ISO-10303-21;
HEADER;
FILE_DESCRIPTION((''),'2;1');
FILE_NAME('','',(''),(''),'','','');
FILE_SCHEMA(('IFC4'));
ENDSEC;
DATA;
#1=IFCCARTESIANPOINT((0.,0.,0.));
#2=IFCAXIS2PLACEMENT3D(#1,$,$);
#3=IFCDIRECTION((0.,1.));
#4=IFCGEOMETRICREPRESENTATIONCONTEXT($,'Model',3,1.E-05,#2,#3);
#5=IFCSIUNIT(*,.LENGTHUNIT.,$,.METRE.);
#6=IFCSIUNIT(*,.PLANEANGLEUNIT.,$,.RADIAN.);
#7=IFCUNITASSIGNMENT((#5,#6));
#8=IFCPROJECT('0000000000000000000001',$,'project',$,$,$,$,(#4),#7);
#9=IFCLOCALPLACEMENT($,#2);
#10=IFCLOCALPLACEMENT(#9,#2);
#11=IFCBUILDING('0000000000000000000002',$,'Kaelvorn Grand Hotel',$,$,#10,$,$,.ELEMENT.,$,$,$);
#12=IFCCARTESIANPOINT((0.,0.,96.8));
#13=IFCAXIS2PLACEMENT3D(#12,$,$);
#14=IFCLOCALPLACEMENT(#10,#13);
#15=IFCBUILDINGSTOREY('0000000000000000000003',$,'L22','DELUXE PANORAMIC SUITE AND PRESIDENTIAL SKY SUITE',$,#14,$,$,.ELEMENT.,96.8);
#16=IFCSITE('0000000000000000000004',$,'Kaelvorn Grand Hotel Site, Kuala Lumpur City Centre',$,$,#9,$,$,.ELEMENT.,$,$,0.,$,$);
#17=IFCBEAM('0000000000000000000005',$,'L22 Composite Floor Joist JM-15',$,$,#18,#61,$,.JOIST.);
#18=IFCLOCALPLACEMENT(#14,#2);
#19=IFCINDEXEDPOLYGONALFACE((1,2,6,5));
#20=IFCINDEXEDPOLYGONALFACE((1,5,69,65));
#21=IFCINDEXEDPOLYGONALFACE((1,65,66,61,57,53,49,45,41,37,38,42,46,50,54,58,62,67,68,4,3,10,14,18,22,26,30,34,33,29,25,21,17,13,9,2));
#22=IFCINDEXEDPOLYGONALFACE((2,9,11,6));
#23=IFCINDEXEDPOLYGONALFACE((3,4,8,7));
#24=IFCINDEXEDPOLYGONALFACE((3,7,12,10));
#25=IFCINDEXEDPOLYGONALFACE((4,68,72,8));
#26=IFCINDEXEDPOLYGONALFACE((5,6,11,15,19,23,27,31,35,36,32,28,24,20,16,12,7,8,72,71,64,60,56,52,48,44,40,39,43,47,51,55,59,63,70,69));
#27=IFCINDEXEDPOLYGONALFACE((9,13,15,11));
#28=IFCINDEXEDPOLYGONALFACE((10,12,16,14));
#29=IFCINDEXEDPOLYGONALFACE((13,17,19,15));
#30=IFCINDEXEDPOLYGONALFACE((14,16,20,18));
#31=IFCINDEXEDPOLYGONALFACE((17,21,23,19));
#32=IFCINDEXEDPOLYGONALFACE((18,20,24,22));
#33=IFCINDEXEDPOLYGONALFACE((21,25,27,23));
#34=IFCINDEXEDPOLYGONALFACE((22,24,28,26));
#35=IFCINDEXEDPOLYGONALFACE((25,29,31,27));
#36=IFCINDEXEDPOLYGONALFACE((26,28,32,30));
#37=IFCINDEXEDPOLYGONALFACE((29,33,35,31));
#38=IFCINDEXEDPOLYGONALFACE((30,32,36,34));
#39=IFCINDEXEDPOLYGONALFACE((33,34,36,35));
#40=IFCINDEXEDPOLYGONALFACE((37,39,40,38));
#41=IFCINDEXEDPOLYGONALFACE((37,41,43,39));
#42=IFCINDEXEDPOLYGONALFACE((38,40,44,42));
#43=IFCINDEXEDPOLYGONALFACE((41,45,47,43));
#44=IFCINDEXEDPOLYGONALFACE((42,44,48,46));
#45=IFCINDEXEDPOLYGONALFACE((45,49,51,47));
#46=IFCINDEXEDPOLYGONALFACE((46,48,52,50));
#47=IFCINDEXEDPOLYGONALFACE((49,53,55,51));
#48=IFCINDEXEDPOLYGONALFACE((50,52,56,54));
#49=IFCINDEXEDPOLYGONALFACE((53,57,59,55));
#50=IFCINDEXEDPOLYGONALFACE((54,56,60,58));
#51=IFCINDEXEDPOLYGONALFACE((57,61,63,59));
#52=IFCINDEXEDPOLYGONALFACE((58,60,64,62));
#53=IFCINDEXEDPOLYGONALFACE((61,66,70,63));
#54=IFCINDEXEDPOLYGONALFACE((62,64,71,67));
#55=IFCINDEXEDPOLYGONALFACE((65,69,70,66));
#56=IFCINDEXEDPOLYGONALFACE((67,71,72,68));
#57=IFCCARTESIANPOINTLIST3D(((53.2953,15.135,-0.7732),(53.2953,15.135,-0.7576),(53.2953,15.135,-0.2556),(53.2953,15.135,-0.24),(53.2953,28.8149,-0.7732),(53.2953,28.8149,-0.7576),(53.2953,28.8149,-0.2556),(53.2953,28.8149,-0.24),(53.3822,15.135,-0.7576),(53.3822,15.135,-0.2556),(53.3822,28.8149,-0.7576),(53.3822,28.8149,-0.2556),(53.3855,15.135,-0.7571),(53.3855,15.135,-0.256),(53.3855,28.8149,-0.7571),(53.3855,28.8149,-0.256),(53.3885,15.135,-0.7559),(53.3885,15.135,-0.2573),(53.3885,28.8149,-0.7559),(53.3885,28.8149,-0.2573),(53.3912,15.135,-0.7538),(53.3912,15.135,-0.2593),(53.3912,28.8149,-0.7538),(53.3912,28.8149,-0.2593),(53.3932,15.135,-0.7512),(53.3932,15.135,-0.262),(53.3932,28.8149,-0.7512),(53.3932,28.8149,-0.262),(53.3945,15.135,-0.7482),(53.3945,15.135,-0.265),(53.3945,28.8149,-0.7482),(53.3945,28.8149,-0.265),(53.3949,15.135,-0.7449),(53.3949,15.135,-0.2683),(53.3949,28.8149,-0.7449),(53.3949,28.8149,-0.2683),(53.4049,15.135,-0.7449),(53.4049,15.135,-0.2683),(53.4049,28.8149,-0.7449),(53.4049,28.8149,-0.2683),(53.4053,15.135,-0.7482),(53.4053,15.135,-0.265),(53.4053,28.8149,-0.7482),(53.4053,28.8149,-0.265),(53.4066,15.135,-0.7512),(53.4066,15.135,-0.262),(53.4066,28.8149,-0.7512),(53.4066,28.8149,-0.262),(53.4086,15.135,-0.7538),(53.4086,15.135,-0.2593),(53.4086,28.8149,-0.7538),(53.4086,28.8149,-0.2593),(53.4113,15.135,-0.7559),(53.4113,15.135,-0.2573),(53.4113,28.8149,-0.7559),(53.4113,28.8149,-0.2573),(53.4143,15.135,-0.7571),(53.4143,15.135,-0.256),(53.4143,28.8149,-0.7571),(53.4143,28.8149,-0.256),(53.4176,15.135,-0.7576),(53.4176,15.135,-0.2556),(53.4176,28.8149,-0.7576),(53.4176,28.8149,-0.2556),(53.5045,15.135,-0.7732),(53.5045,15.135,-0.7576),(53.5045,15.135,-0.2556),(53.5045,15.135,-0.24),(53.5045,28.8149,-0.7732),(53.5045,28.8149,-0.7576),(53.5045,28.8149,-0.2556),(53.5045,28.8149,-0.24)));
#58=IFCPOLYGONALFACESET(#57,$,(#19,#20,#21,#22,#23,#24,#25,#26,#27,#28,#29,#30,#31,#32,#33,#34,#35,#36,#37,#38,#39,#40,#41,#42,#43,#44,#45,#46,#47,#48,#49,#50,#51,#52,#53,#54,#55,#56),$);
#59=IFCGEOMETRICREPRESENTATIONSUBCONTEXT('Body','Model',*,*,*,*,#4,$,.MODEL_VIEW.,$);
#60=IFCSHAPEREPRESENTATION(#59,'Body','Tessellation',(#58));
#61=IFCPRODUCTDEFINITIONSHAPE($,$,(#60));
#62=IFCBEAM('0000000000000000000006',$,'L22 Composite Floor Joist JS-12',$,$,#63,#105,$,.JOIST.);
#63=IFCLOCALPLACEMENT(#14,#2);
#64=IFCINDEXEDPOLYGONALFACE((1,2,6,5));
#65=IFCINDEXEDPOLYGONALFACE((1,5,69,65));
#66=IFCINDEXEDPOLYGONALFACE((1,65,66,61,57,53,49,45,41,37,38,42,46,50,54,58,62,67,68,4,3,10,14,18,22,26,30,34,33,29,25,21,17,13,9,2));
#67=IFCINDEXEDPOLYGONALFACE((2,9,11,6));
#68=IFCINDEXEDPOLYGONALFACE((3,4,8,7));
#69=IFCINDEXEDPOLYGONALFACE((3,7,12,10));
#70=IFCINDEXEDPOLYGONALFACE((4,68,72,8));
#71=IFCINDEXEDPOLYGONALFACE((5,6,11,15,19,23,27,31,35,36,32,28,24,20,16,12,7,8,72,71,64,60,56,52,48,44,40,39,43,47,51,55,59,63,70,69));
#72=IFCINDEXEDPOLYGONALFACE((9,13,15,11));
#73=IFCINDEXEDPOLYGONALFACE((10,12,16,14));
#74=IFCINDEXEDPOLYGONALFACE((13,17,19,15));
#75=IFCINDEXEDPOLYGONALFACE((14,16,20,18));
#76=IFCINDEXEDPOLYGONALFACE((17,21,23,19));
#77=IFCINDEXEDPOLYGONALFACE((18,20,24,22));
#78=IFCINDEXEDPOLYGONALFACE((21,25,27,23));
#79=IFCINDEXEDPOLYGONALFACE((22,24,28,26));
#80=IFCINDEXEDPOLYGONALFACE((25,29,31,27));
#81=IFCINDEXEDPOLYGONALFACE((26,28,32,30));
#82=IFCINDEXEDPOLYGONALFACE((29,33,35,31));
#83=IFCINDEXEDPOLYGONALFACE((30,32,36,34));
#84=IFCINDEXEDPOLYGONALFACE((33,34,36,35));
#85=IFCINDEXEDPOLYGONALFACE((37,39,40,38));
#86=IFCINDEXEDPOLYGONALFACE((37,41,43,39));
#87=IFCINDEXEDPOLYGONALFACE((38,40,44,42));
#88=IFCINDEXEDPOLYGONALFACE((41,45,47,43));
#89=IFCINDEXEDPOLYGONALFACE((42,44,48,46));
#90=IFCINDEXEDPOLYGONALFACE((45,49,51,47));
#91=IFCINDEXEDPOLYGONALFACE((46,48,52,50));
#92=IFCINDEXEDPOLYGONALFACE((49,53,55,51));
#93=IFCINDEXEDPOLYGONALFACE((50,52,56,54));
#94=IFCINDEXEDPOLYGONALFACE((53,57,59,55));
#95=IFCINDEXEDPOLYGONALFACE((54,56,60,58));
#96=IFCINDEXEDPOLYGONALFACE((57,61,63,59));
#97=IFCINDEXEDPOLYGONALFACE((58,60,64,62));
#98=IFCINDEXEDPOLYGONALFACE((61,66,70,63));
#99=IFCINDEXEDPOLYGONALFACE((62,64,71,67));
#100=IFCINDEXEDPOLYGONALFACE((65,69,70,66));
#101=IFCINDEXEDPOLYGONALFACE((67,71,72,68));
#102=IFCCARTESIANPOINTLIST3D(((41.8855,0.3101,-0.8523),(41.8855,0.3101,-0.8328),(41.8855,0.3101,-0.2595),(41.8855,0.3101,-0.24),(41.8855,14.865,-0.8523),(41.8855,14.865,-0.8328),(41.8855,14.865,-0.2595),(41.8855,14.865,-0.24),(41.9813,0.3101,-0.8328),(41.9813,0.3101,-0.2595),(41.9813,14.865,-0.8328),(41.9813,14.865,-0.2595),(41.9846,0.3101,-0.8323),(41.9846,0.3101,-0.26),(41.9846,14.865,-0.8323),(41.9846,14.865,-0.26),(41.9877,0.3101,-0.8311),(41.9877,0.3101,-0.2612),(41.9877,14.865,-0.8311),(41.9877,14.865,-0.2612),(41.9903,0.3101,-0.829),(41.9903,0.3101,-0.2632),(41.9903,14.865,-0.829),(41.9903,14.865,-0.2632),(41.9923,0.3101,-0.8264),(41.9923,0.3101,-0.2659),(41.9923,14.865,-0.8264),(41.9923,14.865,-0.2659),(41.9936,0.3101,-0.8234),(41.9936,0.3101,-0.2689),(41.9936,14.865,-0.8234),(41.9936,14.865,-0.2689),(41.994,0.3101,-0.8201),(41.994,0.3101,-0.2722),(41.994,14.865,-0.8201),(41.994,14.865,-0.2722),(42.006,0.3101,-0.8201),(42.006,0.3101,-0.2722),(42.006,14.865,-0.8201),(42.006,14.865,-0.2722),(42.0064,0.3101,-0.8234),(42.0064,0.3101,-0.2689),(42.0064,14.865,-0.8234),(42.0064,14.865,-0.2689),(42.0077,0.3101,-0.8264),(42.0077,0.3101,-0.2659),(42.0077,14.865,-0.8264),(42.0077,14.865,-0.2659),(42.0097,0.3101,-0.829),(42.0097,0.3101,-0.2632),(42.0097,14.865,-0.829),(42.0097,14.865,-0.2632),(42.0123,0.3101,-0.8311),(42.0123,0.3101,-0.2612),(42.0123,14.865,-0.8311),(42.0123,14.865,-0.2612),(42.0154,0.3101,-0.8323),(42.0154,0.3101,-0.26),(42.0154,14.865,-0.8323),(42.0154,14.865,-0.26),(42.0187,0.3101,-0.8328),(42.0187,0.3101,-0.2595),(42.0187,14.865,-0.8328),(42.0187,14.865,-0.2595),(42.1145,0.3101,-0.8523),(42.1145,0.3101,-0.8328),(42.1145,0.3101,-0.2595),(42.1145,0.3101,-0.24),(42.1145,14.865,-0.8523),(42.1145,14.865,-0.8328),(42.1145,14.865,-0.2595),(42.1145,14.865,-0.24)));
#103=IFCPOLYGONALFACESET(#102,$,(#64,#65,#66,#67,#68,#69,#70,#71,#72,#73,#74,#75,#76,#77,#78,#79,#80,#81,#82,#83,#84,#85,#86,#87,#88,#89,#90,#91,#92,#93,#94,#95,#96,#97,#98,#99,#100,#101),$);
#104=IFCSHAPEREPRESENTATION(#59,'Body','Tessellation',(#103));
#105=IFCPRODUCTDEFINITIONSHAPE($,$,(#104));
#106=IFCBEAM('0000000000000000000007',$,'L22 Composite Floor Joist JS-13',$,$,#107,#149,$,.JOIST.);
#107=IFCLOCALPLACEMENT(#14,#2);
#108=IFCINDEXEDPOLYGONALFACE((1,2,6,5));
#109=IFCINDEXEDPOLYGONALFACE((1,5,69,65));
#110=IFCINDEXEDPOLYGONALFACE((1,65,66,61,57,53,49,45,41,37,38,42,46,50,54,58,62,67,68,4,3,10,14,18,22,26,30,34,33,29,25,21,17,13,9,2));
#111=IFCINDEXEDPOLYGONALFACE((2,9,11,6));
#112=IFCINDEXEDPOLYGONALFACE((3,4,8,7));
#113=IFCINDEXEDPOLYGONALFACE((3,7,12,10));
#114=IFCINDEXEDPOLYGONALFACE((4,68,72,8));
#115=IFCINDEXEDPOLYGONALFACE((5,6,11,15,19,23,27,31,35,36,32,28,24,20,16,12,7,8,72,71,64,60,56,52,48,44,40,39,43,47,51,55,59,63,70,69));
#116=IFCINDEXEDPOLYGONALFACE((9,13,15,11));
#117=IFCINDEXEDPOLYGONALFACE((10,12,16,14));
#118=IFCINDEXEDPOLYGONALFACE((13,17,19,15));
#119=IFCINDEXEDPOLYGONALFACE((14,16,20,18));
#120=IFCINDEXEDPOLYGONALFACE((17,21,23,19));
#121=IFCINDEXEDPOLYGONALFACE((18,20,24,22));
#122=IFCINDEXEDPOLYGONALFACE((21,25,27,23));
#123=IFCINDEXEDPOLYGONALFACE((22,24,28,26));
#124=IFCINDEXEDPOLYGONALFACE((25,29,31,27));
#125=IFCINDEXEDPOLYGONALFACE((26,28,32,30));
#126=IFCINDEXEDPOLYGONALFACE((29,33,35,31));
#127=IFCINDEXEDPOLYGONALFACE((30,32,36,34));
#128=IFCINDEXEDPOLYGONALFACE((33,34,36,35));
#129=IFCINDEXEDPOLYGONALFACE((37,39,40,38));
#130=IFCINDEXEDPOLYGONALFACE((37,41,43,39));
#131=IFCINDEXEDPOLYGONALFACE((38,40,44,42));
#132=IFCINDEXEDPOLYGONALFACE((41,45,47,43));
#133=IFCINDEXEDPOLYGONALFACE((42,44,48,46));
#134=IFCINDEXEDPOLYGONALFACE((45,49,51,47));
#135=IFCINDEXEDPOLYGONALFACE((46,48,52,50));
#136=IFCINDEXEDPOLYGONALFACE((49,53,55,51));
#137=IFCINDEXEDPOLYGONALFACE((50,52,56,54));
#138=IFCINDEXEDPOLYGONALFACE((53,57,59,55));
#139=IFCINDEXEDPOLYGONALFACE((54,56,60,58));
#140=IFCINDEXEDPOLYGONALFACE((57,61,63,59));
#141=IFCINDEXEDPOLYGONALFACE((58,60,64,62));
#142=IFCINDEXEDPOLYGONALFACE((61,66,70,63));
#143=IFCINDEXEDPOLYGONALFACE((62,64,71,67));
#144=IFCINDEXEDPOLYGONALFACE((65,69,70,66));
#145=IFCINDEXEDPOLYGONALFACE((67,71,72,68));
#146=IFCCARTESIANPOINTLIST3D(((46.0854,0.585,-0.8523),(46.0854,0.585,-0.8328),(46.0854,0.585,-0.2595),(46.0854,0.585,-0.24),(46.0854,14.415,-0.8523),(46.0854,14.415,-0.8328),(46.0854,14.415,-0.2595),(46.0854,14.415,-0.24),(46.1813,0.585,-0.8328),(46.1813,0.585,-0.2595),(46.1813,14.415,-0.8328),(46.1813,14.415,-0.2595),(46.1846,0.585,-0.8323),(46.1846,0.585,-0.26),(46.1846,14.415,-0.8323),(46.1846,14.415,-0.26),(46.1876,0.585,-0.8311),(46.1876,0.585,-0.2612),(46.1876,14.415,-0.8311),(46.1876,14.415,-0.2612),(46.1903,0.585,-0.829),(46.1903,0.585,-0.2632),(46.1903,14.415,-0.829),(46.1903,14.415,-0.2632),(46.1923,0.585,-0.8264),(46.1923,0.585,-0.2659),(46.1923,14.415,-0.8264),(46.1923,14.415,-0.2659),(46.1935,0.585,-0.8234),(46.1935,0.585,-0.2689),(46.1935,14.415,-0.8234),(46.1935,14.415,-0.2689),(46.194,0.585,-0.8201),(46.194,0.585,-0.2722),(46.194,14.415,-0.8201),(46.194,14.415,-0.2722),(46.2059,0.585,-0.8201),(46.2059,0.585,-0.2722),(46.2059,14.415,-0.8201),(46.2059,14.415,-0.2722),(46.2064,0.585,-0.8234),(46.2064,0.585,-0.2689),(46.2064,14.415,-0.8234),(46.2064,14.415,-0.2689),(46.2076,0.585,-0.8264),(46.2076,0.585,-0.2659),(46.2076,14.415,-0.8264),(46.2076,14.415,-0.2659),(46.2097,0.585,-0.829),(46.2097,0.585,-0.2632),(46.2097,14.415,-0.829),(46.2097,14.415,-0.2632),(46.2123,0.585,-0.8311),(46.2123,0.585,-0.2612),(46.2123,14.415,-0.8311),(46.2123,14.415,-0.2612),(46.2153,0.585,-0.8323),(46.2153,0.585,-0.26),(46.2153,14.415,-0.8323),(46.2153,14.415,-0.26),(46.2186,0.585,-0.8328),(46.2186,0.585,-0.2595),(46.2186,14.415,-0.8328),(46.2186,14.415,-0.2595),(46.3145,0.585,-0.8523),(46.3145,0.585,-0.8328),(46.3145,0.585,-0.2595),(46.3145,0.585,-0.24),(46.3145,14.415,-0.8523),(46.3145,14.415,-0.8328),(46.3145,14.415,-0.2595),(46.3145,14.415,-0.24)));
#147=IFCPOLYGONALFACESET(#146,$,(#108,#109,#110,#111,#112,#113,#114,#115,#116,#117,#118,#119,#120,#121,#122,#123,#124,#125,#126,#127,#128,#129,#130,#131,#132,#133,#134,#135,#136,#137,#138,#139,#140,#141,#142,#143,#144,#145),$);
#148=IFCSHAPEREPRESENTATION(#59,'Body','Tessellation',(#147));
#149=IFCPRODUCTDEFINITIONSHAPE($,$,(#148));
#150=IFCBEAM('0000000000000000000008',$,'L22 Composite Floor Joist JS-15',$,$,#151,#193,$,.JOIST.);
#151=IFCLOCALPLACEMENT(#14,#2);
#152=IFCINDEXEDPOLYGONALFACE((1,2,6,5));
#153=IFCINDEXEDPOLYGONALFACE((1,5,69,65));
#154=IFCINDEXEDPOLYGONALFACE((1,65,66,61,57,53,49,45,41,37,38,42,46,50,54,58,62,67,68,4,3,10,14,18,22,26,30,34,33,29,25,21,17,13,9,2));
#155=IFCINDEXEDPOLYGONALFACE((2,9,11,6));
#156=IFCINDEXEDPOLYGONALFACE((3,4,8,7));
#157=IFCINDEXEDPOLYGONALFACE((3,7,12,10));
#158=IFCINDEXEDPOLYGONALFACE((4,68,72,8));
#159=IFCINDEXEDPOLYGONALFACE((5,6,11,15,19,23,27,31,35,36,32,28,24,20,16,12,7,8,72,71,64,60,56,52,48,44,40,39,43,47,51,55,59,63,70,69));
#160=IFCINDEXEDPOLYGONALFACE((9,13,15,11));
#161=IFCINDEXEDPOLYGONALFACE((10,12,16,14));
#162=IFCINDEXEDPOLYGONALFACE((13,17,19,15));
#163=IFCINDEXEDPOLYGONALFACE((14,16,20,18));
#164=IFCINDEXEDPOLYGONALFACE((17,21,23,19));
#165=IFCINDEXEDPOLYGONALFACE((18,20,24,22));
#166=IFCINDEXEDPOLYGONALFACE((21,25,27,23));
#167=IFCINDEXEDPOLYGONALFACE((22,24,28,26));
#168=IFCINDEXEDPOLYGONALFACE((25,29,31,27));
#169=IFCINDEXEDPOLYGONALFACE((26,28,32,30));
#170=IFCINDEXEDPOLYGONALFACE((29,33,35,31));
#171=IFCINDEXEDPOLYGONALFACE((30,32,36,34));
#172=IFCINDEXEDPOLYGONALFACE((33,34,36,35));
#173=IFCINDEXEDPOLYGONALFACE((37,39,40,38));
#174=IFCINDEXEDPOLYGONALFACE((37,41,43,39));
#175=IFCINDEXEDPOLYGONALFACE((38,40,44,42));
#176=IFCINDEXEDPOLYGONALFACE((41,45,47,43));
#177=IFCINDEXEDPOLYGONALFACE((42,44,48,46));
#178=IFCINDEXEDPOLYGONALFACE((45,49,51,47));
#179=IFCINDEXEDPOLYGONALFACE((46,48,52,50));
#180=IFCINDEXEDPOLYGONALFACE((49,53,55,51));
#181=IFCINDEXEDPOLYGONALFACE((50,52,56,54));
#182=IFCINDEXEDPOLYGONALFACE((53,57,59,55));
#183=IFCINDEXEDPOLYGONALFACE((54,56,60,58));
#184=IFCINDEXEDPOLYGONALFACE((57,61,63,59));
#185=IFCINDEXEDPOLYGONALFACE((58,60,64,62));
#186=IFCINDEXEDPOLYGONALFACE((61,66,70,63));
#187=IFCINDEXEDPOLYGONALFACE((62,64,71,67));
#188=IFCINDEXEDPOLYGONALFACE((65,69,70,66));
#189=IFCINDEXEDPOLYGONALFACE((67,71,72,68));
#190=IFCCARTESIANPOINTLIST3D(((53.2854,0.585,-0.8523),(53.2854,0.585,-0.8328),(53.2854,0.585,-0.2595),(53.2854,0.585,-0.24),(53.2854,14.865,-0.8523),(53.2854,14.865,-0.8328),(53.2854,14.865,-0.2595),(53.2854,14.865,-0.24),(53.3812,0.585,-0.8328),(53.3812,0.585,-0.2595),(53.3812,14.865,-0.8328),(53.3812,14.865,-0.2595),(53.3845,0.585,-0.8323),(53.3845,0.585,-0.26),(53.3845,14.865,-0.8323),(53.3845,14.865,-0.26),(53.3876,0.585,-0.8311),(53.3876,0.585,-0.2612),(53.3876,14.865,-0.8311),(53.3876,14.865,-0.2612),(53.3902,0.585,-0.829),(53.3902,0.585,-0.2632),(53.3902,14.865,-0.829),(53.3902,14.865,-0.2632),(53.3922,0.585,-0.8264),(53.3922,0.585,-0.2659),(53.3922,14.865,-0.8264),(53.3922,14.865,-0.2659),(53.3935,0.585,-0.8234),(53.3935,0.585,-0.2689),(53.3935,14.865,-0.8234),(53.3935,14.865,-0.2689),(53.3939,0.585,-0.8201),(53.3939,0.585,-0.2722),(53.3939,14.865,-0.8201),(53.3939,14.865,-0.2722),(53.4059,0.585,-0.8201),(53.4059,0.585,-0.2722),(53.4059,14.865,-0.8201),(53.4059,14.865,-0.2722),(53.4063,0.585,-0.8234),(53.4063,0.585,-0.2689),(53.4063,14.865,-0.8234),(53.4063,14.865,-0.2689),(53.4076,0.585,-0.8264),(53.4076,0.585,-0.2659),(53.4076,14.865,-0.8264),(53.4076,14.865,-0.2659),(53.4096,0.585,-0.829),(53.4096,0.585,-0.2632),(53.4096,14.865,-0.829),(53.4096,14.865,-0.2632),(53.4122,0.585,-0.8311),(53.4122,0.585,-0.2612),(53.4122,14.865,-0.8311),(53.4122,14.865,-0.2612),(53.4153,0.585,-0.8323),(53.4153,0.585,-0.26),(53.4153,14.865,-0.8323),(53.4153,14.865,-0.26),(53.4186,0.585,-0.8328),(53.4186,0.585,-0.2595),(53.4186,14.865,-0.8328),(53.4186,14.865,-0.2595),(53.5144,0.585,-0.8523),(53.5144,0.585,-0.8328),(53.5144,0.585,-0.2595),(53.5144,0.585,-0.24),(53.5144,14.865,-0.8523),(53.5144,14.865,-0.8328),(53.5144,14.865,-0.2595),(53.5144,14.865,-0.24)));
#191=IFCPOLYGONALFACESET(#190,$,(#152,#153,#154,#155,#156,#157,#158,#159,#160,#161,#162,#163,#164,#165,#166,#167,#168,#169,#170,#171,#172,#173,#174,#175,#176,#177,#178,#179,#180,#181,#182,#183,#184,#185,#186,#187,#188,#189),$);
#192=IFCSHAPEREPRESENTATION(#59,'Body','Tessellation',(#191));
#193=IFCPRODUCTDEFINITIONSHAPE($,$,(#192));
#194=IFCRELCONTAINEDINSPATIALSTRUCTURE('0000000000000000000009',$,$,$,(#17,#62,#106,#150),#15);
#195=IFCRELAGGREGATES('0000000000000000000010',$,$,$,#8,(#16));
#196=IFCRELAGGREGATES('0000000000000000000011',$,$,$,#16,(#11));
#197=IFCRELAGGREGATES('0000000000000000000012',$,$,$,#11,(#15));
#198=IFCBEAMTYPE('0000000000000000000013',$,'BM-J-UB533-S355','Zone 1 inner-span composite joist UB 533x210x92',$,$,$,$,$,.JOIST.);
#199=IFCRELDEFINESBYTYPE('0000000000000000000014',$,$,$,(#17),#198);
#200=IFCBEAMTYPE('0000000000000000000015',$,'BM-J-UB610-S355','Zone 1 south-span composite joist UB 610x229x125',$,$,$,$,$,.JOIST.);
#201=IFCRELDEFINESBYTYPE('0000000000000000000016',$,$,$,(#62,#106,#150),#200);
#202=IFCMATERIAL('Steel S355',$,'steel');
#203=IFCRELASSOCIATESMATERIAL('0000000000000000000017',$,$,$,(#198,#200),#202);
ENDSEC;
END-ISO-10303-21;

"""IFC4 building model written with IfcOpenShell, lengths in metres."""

from ifc_helpers import new_model, si_unit, direction, frame, origin, origin_2d, place, context, subcontext, project, spatial, i_section, extrude, material, material_profile, profile_set, type_object, element, save


model = new_model("IFC4")

# Units and contexts
model_context = context("Model", 3, precision=1e-05, world=origin(), true_north=direction((0.0, 1.0)))
body_context = subcontext(model_context, "Body", "Model", "MODEL_VIEW")
ifc_project = project(units=[si_unit("LENGTHUNIT", "METRE"), si_unit("PLANEANGLEUNIT", "RADIAN")], contexts=[model_context])

# Site, building, storey
site_placement = place(None, origin())
site = spatial("IfcSite", under=ifc_project, at=site_placement, Name="Kaelvorn Grand Hotel Site, Kuala Lumpur City Centre", CompositionType="ELEMENT", RefElevation=0.0)
building_placement = place(site_placement, origin())
building = spatial("IfcBuilding", under=site, at=building_placement, Name="Kaelvorn Grand Hotel", CompositionType="ELEMENT")
storey_placement = place(building_placement, frame((0.0, 0.0, 96.8)))
storey = spatial("IfcBuildingStorey", under=building, at=storey_placement, Name="L22", Description="DELUXE PANORAMIC SUITE AND PRESIDENTIAL SKY SUITE", CompositionType="ELEMENT", Elevation=96.8)

# Beams
ifc_material_1 = material(Name="Steel S355", Category="steel")
ifc_material_profile_1 = material_profile(ifc_material_1, i_section(OverallWidth=0.2092, OverallDepth=0.5332, WebThickness=0.01, FlangeThickness=0.0156, FilletRadius=0.0127, at=origin_2d()), Name="UB 533x210x92")
ifc_profile_set_1 = profile_set([ifc_material_profile_1], Name="Steel S355")
beam_type_1 = type_object("IfcBeamType", Name="BM-J-UB533-S355", Description="Zone 1 inner-span composite joist UB 533x210x92", PredefinedType="JOIST", material=ifc_profile_set_1)
beam_1_placement = place(storey_placement, frame((53.3999, 15.135, -0.5066), z_axis=(0.0, 1.0, 0.0), x_axis=(-1.0, 0.0, 0.0)))
element("IfcBeam", 1, at=beam_1_placement, inside=storey, type_object=beam_type_1, Name="L22 Composite Floor Joist JM-15", PredefinedType="JOIST", context=body_context, shape_type="SweptSolid", body=[
    extrude(i_section(OverallWidth=0.2092, OverallDepth=0.5332, WebThickness=0.01, FlangeThickness=0.0156, FilletRadius=0.0127, at=origin_2d()), origin(), (0.0, 0.0, 1.0), 13.6799),
])
ifc_material_profile_2 = material_profile(ifc_material_1, i_section(OverallWidth=0.229, OverallDepth=0.6123, WebThickness=0.012, FlangeThickness=0.0195, FilletRadius=0.0127, at=origin_2d()), Name="UB 610x229x125")
ifc_profile_set_2 = profile_set([ifc_material_profile_2], Name="Steel S355")
beam_type_2 = type_object("IfcBeamType", Name="BM-J-UB610-S355", Description="Zone 1 south-span composite joist UB 610x229x125", PredefinedType="JOIST", material=ifc_profile_set_2)
beam_2_placement = place(storey_placement, frame((42.0, 0.3101, -0.5461), z_axis=(0.0, 1.0, 0.0), x_axis=(-1.0, 0.0, 0.0)))
element("IfcBeam", 2, at=beam_2_placement, inside=storey, type_object=beam_type_2, Name="L22 Composite Floor Joist JS-12", PredefinedType="JOIST", context=body_context, shape_type="SweptSolid", body=[
    extrude(i_section(OverallWidth=0.229, OverallDepth=0.6123, WebThickness=0.012, FlangeThickness=0.0195, FilletRadius=0.0127, at=origin_2d()), origin(), (0.0, 0.0, 1.0), 14.5549),
])
beam_3_placement = place(storey_placement, frame((46.2, 0.585, -0.5461), z_axis=(0.0, 1.0, 0.0), x_axis=(-1.0, 0.0, 0.0)))
element("IfcBeam", 3, at=beam_3_placement, inside=storey, type_object=beam_type_2, Name="L22 Composite Floor Joist JS-13", PredefinedType="JOIST", context=body_context, shape_type="SweptSolid", body=[
    extrude(i_section(OverallWidth=0.229, OverallDepth=0.6123, WebThickness=0.012, FlangeThickness=0.0195, FilletRadius=0.0127, at=origin_2d()), origin(), (0.0, 0.0, 1.0), 13.8301),
])
beam_4_placement = place(storey_placement, frame((53.3999, 0.585, -0.5461), z_axis=(0.0, 1.0, 0.0), x_axis=(-1.0, 0.0, 0.0)))
element("IfcBeam", 4, at=beam_4_placement, inside=storey, type_object=beam_type_2, Name="L22 Composite Floor Joist JS-15", PredefinedType="JOIST", context=body_context, shape_type="SweptSolid", body=[
    extrude(i_section(OverallWidth=0.229, OverallDepth=0.6123, WebThickness=0.012, FlangeThickness=0.0195, FilletRadius=0.0127, at=origin_2d()), origin(), (0.0, 0.0, 1.0), 14.28),
])

save(model, "model.ifc")
